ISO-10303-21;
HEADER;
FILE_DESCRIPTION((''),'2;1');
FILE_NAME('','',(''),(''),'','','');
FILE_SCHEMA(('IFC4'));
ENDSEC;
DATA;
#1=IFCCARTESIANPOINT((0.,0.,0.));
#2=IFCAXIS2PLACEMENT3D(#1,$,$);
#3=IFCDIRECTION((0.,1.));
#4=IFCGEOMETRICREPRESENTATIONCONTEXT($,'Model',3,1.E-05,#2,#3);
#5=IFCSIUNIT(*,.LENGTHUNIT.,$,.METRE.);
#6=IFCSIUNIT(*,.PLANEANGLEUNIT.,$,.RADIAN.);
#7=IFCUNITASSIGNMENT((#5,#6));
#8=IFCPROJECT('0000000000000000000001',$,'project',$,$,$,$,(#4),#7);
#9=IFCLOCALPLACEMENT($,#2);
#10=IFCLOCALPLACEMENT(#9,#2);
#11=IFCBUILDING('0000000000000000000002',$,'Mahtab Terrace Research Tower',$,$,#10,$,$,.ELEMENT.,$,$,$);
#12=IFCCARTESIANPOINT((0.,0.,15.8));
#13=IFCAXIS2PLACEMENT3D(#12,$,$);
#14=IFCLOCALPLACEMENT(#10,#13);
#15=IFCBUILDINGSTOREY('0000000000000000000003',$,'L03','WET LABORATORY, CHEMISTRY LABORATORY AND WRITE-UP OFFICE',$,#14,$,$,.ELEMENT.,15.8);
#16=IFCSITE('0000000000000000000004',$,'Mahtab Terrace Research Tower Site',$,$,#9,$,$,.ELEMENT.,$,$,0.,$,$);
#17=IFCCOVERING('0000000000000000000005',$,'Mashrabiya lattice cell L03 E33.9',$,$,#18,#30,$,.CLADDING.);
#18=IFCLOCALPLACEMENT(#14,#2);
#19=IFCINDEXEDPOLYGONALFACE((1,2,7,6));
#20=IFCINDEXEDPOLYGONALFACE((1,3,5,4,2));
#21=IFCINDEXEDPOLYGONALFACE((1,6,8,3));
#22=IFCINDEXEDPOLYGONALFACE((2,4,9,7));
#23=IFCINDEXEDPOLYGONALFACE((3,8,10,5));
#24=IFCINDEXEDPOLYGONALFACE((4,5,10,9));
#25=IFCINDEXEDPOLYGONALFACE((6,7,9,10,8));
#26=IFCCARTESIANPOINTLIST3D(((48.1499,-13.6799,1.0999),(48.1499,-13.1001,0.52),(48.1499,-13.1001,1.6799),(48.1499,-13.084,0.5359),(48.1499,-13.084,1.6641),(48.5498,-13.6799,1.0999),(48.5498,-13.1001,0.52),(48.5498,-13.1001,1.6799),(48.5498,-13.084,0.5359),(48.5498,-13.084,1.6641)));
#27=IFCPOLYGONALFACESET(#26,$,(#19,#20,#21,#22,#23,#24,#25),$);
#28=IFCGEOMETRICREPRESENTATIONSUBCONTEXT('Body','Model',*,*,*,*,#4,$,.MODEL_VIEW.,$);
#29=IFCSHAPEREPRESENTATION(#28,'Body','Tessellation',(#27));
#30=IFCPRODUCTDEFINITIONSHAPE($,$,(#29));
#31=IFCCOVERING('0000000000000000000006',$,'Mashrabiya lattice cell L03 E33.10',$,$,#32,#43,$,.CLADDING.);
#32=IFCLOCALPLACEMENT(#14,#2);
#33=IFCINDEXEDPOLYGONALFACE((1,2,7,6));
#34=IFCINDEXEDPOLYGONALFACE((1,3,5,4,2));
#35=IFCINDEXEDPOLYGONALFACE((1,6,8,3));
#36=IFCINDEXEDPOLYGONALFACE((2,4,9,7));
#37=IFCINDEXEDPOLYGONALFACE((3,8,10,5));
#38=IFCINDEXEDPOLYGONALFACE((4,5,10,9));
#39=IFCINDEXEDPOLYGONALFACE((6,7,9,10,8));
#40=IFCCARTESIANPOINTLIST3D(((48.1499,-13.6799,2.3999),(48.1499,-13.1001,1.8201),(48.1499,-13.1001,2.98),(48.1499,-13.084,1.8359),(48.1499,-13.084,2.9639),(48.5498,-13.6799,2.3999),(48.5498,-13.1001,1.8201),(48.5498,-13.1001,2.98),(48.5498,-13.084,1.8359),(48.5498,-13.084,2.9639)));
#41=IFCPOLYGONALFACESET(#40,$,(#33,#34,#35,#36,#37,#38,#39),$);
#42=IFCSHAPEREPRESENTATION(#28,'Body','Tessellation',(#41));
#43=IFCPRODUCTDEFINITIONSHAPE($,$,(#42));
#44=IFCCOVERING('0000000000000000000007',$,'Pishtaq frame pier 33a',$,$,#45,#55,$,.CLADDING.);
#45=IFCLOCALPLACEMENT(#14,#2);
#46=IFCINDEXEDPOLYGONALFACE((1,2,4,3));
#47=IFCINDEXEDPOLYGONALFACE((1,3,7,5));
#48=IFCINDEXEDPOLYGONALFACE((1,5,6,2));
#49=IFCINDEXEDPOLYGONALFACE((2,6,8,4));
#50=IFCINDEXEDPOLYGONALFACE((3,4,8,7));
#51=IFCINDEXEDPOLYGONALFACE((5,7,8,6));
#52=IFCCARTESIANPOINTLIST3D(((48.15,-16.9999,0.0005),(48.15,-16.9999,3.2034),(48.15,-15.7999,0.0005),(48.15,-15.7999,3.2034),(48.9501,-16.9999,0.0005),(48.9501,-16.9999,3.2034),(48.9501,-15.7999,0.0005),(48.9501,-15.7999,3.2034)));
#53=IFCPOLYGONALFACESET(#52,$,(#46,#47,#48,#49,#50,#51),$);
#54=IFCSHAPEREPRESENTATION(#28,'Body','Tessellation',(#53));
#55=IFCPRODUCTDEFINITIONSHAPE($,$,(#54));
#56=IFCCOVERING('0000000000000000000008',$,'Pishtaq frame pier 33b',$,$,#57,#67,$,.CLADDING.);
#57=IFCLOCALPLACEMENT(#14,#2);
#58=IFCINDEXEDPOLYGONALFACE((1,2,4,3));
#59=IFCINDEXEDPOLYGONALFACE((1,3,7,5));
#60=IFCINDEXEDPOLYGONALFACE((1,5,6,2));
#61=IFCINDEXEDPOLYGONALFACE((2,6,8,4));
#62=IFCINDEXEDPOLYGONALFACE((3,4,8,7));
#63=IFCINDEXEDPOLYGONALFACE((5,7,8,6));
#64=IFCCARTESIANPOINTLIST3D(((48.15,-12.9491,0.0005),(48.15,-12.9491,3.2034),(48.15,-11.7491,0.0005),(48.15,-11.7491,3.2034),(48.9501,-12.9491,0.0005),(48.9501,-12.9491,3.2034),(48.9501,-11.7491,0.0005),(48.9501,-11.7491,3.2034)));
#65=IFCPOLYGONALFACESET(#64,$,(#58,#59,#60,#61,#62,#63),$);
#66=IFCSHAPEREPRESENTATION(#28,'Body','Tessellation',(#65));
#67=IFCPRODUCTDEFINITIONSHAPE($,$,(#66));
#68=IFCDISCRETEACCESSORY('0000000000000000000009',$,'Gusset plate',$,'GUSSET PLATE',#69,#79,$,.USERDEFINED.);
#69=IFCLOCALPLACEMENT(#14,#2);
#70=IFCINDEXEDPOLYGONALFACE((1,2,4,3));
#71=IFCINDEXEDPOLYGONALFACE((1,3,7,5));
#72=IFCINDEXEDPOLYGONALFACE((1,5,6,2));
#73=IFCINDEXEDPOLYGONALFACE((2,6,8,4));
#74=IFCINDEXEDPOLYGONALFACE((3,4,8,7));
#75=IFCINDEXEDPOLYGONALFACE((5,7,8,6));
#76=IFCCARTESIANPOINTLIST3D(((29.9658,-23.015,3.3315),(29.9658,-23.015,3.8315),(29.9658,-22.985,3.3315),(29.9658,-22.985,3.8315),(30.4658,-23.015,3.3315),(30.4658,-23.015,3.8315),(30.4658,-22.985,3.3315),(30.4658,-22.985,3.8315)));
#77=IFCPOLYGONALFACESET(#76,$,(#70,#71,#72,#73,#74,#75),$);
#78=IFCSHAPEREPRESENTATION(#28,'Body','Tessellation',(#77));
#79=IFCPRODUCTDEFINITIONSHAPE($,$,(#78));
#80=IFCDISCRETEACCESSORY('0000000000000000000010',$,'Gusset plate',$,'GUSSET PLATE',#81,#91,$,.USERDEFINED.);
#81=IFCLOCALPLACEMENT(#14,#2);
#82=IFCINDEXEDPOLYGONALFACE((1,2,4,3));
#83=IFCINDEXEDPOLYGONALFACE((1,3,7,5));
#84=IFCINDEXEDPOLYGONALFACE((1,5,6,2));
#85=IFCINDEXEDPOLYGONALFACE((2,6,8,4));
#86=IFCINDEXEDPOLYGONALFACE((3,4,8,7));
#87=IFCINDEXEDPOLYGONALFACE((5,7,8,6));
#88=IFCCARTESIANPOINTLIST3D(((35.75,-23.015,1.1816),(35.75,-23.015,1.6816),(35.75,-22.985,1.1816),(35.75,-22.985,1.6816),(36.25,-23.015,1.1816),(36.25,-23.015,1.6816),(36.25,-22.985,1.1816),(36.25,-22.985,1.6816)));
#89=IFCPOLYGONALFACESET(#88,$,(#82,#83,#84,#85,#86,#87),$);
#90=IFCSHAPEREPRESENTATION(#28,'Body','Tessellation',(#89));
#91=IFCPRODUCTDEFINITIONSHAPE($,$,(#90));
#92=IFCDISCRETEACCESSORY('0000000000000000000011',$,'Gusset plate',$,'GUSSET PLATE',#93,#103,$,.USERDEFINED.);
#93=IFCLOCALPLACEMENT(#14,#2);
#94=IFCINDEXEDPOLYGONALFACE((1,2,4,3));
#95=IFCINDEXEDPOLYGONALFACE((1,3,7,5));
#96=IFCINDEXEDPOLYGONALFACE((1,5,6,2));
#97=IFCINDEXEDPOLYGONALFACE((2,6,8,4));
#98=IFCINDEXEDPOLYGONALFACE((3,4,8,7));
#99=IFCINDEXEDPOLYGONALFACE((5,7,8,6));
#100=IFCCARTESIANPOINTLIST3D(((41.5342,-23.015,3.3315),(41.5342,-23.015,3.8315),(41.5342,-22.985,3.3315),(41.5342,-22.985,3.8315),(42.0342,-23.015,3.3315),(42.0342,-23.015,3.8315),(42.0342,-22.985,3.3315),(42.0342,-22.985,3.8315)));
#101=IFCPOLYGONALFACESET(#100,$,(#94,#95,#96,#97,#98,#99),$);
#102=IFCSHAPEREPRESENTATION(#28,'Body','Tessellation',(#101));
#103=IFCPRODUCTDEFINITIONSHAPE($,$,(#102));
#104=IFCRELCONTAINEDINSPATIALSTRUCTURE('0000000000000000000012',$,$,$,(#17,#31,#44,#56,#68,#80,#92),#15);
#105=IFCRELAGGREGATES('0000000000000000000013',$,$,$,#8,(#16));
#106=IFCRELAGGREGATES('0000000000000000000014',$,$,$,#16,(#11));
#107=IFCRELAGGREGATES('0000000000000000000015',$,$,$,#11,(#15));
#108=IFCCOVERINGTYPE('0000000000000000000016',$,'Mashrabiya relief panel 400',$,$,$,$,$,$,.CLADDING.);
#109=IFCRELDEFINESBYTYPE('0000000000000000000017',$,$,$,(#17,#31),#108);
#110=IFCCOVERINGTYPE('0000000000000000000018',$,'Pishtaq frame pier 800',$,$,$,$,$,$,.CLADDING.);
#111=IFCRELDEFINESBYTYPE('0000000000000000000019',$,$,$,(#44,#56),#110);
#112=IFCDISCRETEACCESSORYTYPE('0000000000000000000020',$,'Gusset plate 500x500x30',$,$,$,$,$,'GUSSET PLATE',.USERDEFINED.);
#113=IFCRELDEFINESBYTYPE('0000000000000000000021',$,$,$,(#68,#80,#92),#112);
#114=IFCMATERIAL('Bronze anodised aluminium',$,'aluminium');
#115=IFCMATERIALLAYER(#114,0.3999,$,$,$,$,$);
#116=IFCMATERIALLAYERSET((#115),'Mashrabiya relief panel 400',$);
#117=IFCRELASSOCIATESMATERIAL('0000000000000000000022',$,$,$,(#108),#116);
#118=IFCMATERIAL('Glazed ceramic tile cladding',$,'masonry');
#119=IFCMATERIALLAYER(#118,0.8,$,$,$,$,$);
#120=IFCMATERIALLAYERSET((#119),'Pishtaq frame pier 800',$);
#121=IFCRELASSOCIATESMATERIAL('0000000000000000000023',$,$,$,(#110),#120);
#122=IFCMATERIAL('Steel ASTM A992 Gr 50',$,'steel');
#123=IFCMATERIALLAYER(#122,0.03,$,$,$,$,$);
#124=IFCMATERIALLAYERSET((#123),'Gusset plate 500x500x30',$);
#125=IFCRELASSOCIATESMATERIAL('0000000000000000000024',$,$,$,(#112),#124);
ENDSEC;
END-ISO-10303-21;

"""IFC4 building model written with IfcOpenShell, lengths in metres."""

from ifc_helpers import new_model, si_unit, direction, frame, origin, origin_2d, place, context, subcontext, project, spatial, polyline, rectangle, outline, extrude, material, layer, layer_set, type_object, element, save


model = new_model("IFC4")

# Units and contexts
model_context = context("Model", 3, precision=1e-05, world=origin(), true_north=direction((0.0, 1.0)))
body_context = subcontext(model_context, "Body", "Model", "MODEL_VIEW")
ifc_project = project(units=[si_unit("LENGTHUNIT", "METRE"), si_unit("PLANEANGLEUNIT", "RADIAN")], contexts=[model_context])

# Site, building, storey
site_placement = place(None, origin())
site = spatial("IfcSite", under=ifc_project, at=site_placement, Name="Mahtab Terrace Research Tower Site", CompositionType="ELEMENT", RefElevation=0.0)
building_placement = place(site_placement, origin())
building = spatial("IfcBuilding", under=site, at=building_placement, Name="Mahtab Terrace Research Tower", CompositionType="ELEMENT")
storey_placement = place(building_placement, frame((0.0, 0.0, 15.8)))
storey = spatial("IfcBuildingStorey", under=building, at=storey_placement, Name="L03", Description="WET LABORATORY, CHEMISTRY LABORATORY AND WRITE-UP OFFICE", CompositionType="ELEMENT", Elevation=15.8)

# Shared definitions
ifc_material_1 = material(Name="Steel ASTM A992 Gr 50", Category="steel")

# Coverings
ifc_material_2 = material(Name="Bronze anodised aluminium", Category="aluminium")
ifc_layer_1 = layer(ifc_material_2, 0.3999)
ifc_layer_set_1 = layer_set([ifc_layer_1], Name="Mashrabiya relief panel 400")
covering_type_1 = type_object("IfcCoveringType", Name="Mashrabiya relief panel 400", PredefinedType="CLADDING", material=ifc_layer_set_1)
covering_1_placement = place(storey_placement, frame((48.1499, -13.1001, 0.52), z_axis=(-1.0, 0.0, 0.0), x_axis=(0.0, -0.707107, 0.707107)))
element("IfcCovering", 1, at=covering_1_placement, inside=storey, type_object=covering_type_1, Name="Mashrabiya lattice cell L03 E33.9", PredefinedType="CLADDING", context=body_context, shape_type="SweptSolid", body=[
    extrude(outline(polyline([(0.0, 0.0), (0.82, 0.0), (0.8202, 0.8202), (0.7976, 0.8204), (-0.0002, 0.0226), (0.0, 0.0)])), origin(), (0.0, 0.0, -1.0), 0.3999),
])
covering_2_placement = place(storey_placement, frame((48.1499, -13.1001, 1.8201), z_axis=(-1.0, 0.0, 0.0), x_axis=(0.0, -0.707107, 0.707107)))
element("IfcCovering", 2, at=covering_2_placement, inside=storey, type_object=covering_type_1, Name="Mashrabiya lattice cell L03 E33.10", PredefinedType="CLADDING", context=body_context, shape_type="SweptSolid", body=[
    extrude(outline(polyline([(0.0, 0.0), (0.82, 0.0), (0.8202, 0.8202), (0.7974, 0.8202), (-0.0002, 0.0226), (0.0, 0.0)])), origin(), (0.0, 0.0, -1.0), 0.3999),
])
ifc_material_3 = material(Name="Glazed ceramic tile cladding", Category="masonry")
ifc_layer_2 = layer(ifc_material_3, 0.8)
ifc_layer_set_2 = layer_set([ifc_layer_2], Name="Pishtaq frame pier 800")
covering_type_2 = type_object("IfcCoveringType", Name="Pishtaq frame pier 800", PredefinedType="CLADDING", material=ifc_layer_set_2)
for number, where, z_axis, x_axis, name in (
    (3, (48.55, -16.3999, 0.0005), (0.0, 0.0, 1.0), (0.0, 1.0, 0.0), "Pishtaq frame pier 33a"),
    (4, (48.55, -12.3491, 0.0005), (0.0, 0.0, 1.0), (0.0, 1.0, 0.0), "Pishtaq frame pier 33b"),
):
    element("IfcCovering", number, at=place(storey_placement, frame(where, z_axis=z_axis, x_axis=x_axis)), inside=storey, type_object=covering_type_2, Name=name, PredefinedType="CLADDING", context=body_context, shape_type="SweptSolid", body=[
        extrude(rectangle(XDim=1.2, YDim=0.8, at=origin_2d()), origin(), (0.0, 0.0, 1.0), 3.2029),
    ])

# Discrete accessories
ifc_layer_3 = layer(ifc_material_1, 0.03)
ifc_layer_set_3 = layer_set([ifc_layer_3], Name="Gusset plate 500x500x30")
discrete_accessory_type = type_object("IfcDiscreteAccessoryType", Name="Gusset plate 500x500x30", ElementType="GUSSET PLATE", PredefinedType="USERDEFINED", material=ifc_layer_set_3)
for number, where, z_axis, x_axis, name in (
    (5, (30.2158, -23.0, 3.3315), (0.0, 0.0, 1.0), (1.0, 0.0, 0.0), "Gusset plate"),
    (6, (36.0, -23.0, 1.1816), (0.0, 0.0, 1.0), (1.0, 0.0, 0.0), "Gusset plate"),
    (7, (41.7842, -23.0, 3.3315), (0.0, 0.0, 1.0), (1.0, 0.0, 0.0), "Gusset plate"),
):
    element("IfcDiscreteAccessory", number, at=place(storey_placement, frame(where, z_axis=z_axis, x_axis=x_axis)), inside=storey, type_object=discrete_accessory_type, Name=name, ObjectType="GUSSET PLATE", PredefinedType="USERDEFINED", context=body_context, shape_type="SweptSolid", body=[
        extrude(rectangle(XDim=0.5, YDim=0.03, at=origin_2d()), origin(), (0.0, 0.0, 1.0), 0.5),
    ])

save(model, "model.ifc")
